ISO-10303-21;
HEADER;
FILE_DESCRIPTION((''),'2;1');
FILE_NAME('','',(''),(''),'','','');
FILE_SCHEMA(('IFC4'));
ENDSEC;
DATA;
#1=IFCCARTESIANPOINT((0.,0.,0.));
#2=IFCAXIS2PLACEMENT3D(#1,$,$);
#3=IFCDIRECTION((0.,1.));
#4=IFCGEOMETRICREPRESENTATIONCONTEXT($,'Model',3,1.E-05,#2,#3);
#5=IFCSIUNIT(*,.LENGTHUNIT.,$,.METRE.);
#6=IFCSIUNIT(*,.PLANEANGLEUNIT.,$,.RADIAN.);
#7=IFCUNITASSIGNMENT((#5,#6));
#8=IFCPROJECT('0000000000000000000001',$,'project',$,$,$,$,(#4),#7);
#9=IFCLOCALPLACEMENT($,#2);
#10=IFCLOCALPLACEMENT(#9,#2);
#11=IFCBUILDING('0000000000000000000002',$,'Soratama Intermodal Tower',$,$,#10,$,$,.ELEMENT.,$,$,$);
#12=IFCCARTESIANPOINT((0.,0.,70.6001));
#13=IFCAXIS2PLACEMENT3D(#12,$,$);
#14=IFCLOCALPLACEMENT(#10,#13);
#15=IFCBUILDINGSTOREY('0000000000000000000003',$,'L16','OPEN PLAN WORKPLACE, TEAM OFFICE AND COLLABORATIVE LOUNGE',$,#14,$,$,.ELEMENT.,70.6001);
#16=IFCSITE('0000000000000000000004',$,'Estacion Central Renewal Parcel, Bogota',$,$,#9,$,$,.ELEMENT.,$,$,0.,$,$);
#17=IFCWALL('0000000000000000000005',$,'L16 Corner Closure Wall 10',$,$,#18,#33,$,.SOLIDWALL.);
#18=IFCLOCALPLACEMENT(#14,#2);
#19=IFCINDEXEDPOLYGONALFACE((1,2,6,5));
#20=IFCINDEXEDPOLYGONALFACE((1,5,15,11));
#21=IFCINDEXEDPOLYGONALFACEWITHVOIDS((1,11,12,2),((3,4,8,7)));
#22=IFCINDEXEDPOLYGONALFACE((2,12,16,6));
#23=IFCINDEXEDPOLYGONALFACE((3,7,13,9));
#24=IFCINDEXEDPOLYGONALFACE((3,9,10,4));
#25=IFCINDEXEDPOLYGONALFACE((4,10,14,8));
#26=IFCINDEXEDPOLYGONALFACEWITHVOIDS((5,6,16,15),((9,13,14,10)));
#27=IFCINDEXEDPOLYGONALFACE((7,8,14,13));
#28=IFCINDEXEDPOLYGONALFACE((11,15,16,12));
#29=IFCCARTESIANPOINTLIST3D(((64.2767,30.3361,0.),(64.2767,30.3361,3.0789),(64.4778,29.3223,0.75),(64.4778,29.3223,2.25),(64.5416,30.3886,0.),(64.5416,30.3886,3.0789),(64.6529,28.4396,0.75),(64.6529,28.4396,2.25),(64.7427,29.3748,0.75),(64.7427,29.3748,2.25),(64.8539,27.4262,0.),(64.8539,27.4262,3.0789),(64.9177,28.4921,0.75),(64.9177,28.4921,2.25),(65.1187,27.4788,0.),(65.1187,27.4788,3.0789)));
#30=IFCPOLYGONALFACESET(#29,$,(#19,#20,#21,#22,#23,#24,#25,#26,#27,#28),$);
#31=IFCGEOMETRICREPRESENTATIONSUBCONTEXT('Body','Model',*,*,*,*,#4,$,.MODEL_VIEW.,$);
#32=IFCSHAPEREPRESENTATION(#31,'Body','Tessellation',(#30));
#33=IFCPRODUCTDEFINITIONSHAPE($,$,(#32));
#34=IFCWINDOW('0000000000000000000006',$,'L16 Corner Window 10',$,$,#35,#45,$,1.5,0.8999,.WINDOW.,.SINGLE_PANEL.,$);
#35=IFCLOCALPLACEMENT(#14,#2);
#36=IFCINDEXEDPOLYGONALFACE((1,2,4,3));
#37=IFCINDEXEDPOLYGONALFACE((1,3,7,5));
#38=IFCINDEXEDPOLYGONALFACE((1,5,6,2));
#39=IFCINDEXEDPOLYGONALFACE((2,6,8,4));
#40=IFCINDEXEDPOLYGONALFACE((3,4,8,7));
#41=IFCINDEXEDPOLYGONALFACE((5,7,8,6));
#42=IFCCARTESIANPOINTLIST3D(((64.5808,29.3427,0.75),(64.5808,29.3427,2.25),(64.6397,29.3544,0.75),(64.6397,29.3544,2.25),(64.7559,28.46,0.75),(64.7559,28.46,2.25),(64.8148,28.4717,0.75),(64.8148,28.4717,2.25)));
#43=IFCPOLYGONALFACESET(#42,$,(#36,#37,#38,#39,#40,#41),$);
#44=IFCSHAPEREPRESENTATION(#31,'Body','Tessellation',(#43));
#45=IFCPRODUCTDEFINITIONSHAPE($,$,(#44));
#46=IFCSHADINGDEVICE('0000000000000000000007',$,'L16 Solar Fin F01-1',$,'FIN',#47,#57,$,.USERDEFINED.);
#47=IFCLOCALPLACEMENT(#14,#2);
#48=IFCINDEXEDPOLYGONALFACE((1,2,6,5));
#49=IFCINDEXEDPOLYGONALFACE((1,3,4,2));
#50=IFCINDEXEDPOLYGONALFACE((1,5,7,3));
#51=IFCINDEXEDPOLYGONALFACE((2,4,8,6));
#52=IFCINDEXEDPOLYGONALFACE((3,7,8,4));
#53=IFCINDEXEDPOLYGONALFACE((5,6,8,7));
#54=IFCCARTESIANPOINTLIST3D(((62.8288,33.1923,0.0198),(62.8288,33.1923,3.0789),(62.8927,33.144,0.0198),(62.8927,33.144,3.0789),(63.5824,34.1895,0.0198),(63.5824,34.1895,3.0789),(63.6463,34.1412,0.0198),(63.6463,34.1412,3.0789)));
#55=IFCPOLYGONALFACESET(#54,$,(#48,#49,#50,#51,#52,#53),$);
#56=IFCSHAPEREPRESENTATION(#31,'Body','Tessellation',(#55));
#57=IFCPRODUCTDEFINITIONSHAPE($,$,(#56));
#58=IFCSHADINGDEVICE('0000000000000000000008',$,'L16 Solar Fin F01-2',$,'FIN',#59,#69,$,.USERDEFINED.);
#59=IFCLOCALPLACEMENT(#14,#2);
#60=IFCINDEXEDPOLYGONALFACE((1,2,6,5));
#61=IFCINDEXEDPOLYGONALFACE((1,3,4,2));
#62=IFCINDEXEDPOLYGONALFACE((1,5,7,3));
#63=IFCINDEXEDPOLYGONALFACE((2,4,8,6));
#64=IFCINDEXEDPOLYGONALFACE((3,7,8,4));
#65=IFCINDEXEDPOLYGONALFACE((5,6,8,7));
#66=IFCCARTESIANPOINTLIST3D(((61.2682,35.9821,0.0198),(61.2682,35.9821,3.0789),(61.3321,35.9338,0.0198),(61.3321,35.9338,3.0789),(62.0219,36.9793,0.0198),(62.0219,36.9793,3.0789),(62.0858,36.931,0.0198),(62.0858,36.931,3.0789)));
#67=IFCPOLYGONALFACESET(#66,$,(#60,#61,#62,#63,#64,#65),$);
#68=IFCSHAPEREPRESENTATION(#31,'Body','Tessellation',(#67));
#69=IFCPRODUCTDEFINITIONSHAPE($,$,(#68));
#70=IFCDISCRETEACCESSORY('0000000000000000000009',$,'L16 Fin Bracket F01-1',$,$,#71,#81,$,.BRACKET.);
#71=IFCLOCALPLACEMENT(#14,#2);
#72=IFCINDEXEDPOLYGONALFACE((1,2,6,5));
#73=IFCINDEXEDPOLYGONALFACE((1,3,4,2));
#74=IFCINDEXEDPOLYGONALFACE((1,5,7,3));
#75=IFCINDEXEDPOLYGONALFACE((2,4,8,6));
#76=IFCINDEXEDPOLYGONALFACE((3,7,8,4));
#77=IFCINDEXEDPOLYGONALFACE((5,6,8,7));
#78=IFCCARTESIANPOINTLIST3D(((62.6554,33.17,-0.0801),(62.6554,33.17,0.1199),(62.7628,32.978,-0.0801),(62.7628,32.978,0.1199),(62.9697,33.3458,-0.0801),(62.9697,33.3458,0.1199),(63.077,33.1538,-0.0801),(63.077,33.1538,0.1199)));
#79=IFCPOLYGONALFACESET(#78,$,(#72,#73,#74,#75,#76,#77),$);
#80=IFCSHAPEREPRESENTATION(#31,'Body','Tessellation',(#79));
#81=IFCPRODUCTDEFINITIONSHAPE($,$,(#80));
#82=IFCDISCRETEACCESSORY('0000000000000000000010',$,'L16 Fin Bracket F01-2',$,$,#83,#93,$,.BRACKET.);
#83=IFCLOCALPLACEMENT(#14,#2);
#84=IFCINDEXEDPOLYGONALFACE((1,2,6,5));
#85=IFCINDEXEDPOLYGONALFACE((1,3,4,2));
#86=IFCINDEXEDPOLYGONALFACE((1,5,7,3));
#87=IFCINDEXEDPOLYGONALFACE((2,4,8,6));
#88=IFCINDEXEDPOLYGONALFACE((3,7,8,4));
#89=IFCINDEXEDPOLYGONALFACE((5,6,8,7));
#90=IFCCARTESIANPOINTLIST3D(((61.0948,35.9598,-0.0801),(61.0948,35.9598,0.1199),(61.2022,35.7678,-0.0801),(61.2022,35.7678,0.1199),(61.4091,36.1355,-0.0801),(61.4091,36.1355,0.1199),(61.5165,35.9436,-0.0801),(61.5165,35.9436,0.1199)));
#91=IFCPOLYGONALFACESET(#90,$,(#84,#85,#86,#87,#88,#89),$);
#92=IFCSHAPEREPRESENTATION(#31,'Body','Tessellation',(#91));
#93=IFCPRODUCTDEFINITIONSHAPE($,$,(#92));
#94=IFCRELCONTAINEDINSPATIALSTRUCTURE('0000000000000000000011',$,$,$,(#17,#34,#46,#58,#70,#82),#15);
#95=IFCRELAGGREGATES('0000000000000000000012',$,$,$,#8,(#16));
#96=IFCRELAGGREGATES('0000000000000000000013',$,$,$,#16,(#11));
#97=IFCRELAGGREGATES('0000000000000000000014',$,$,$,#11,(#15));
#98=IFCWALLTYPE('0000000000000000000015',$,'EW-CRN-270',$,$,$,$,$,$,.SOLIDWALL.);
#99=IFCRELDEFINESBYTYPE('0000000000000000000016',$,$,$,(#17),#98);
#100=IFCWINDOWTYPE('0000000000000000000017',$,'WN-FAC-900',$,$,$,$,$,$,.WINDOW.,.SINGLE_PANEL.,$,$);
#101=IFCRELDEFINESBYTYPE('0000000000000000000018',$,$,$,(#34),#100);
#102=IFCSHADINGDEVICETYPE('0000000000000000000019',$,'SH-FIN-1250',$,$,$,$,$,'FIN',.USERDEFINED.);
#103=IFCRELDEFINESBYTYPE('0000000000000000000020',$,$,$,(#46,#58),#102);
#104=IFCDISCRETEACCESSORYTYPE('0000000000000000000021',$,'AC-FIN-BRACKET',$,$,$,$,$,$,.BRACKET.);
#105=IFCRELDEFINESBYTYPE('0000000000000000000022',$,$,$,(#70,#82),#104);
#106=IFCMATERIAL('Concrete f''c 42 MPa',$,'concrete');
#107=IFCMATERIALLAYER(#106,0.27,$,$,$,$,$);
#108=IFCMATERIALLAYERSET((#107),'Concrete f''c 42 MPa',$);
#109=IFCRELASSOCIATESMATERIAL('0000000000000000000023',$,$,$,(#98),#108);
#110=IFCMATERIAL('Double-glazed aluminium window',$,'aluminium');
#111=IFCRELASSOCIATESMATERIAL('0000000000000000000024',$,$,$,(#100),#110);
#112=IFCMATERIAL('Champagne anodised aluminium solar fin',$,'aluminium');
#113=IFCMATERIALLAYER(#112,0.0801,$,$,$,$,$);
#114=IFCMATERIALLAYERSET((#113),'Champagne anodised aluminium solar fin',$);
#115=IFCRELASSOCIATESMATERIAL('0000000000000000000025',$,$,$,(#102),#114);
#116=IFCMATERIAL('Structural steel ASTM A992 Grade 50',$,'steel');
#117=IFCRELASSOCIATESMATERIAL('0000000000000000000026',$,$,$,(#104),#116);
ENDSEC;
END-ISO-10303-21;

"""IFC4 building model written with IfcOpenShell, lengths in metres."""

from ifc_helpers import new_model, si_unit, direction, frame, frame_2d, origin, origin_2d, place, context, subcontext, project, spatial, rectangle, extrude, material, layer, layer_set, type_object, element, fill, save


model = new_model("IFC4")

# Units and contexts
model_context = context("Model", 3, precision=1e-05, world=origin(), true_north=direction((0.0, 1.0)))
body_context = subcontext(model_context, "Body", "Model", "MODEL_VIEW")
ifc_project = project(units=[si_unit("LENGTHUNIT", "METRE"), si_unit("PLANEANGLEUNIT", "RADIAN")], contexts=[model_context])

# Site, building, storey
site_placement = place(None, origin())
site = spatial("IfcSite", under=ifc_project, at=site_placement, Name="Estacion Central Renewal Parcel, Bogota", CompositionType="ELEMENT", RefElevation=0.0)
building_placement = place(site_placement, origin())
building = spatial("IfcBuilding", under=site, at=building_placement, Name="Soratama Intermodal Tower", CompositionType="ELEMENT")
storey_placement = place(building_placement, frame((0.0, 0.0, 70.6001)))
storey = spatial("IfcBuildingStorey", under=building, at=storey_placement, Name="L16", Description="OPEN PLAN WORKPLACE, TEAM OFFICE AND COLLABORATIVE LOUNGE", CompositionType="ELEMENT", Elevation=70.6001)

# Wall, opening, window
ifc_material_1 = material(Name="Concrete f'c 42 MPa", Category="concrete")
ifc_layer_1 = layer(ifc_material_1, 0.27)
ifc_layer_set_1 = layer_set([ifc_layer_1], Name="Concrete f'c 42 MPa")
wall_type = type_object("IfcWallType", Name="EW-CRN-270", PredefinedType="SOLIDWALL", material=ifc_layer_set_1)
wall_placement = place(storey_placement, frame((64.9863, 27.4524, 0.0), z_axis=(0.0, 0.0, 1.0), x_axis=(-0.194549, 0.980893, 0.0)))
wall = element("IfcWall", 1, at=wall_placement, inside=storey, type_object=wall_type, Name="L16 Corner Closure Wall 10", PredefinedType="SOLIDWALL", context=body_context, shape_type="SweptSolid", body=[
    extrude(rectangle(XDim=2.9666, YDim=0.27, at=frame_2d((1.4834, 0.0))), origin(), (0.0, 0.0, 1.0), 3.0789),
])
opening_placement = place(wall_placement, frame((1.0332, 0.0, 0.75)))
opening = element("IfcOpeningElement", 2, at=opening_placement, cuts=wall, PredefinedType="OPENING", context=body_context, shape_type="SweptSolid", body=[
    extrude(rectangle(XDim=0.8999, YDim=1.5, at=frame_2d((0.45, 0.75))), frame((0.0, 0.145, 0.0), z_axis=(0.0, -1.0, 0.0), x_axis=(1.0, 0.0, 0.0)), (0.0, 0.0, 1.0), 0.29),
])
ifc_material_2 = material(Name="Double-glazed aluminium window", Category="aluminium")
window_type = type_object("IfcWindowType", Name="WN-FAC-900", PartitioningType="SINGLE_PANEL", PredefinedType="WINDOW", material=ifc_material_2)
window_placement = place(opening_placement, origin())
window = element("IfcWindow", 3, at=window_placement, inside=storey, type_object=window_type, Name="L16 Corner Window 10", OverallHeight=1.5, OverallWidth=0.8999, PartitioningType="SINGLE_PANEL", PredefinedType="WINDOW", context=body_context, shape_type="SweptSolid", body=[
    extrude(rectangle(XDim=0.8999, YDim=1.5, at=frame_2d((0.45, 0.75))), frame((0.0, 0.03, 0.0), z_axis=(0.0, -1.0, 0.0), x_axis=(1.0, 0.0, 0.0)), (0.0, 0.0, 1.0), 0.0601),
])
fill(opening, window)

# Shading devices
ifc_material_3 = material(Name="Champagne anodised aluminium solar fin", Category="aluminium")
ifc_layer_2 = layer(ifc_material_3, 0.0801)
ifc_layer_set_2 = layer_set([ifc_layer_2], Name="Champagne anodised aluminium solar fin")
shading_device_type = type_object("IfcShadingDeviceType", Name="SH-FIN-1250", ElementType="FIN", PredefinedType="USERDEFINED", material=ifc_layer_set_2)
for number, where, z_axis, x_axis, name in (
    (4, (63.2375, 33.6667, 0.0198), (0.0, 0.0, 1.0), (0.60293, 0.797794, 0.0), "L16 Solar Fin F01-1"),
    (5, (61.677, 36.4565, 0.0198), (0.0, 0.0, 1.0), (0.60293, 0.797794, 0.0), "L16 Solar Fin F01-2"),
):
    element("IfcShadingDevice", number, at=place(storey_placement, frame(where, z_axis=z_axis, x_axis=x_axis)), inside=storey, type_object=shading_device_type, Name=name, ObjectType="FIN", PredefinedType="USERDEFINED", context=body_context, shape_type="SweptSolid", body=[
        extrude(rectangle(XDim=1.25, YDim=0.0801, at=origin_2d()), origin(), (0.0, 0.0, 1.0), 3.0591),
    ])

# Discrete accessories
ifc_material_4 = material(Name="Structural steel ASTM A992 Grade 50", Category="steel")
discrete_accessory_type = type_object("IfcDiscreteAccessoryType", Name="AC-FIN-BRACKET", PredefinedType="BRACKET", material=ifc_material_4)
for number, where, z_axis, x_axis, name in (
    (6, (62.8662, 33.1619, -0.0801), (0.0, 0.0, 1.0), (0.872752, 0.488164, 0.0), "L16 Fin Bracket F01-1"),
    (7, (61.3057, 35.9517, -0.0801), (0.0, 0.0, 1.0), (0.872752, 0.488164, 0.0), "L16 Fin Bracket F01-2"),
):
    element("IfcDiscreteAccessory", number, at=place(storey_placement, frame(where, z_axis=z_axis, x_axis=x_axis)), inside=storey, type_object=discrete_accessory_type, Name=name, PredefinedType="BRACKET", context=body_context, shape_type="SweptSolid", body=[
        extrude(rectangle(XDim=0.3601, YDim=0.22, at=origin_2d()), origin(), (0.0, 0.0, 1.0), 0.2),
    ])

save(model, "model.ifc")
